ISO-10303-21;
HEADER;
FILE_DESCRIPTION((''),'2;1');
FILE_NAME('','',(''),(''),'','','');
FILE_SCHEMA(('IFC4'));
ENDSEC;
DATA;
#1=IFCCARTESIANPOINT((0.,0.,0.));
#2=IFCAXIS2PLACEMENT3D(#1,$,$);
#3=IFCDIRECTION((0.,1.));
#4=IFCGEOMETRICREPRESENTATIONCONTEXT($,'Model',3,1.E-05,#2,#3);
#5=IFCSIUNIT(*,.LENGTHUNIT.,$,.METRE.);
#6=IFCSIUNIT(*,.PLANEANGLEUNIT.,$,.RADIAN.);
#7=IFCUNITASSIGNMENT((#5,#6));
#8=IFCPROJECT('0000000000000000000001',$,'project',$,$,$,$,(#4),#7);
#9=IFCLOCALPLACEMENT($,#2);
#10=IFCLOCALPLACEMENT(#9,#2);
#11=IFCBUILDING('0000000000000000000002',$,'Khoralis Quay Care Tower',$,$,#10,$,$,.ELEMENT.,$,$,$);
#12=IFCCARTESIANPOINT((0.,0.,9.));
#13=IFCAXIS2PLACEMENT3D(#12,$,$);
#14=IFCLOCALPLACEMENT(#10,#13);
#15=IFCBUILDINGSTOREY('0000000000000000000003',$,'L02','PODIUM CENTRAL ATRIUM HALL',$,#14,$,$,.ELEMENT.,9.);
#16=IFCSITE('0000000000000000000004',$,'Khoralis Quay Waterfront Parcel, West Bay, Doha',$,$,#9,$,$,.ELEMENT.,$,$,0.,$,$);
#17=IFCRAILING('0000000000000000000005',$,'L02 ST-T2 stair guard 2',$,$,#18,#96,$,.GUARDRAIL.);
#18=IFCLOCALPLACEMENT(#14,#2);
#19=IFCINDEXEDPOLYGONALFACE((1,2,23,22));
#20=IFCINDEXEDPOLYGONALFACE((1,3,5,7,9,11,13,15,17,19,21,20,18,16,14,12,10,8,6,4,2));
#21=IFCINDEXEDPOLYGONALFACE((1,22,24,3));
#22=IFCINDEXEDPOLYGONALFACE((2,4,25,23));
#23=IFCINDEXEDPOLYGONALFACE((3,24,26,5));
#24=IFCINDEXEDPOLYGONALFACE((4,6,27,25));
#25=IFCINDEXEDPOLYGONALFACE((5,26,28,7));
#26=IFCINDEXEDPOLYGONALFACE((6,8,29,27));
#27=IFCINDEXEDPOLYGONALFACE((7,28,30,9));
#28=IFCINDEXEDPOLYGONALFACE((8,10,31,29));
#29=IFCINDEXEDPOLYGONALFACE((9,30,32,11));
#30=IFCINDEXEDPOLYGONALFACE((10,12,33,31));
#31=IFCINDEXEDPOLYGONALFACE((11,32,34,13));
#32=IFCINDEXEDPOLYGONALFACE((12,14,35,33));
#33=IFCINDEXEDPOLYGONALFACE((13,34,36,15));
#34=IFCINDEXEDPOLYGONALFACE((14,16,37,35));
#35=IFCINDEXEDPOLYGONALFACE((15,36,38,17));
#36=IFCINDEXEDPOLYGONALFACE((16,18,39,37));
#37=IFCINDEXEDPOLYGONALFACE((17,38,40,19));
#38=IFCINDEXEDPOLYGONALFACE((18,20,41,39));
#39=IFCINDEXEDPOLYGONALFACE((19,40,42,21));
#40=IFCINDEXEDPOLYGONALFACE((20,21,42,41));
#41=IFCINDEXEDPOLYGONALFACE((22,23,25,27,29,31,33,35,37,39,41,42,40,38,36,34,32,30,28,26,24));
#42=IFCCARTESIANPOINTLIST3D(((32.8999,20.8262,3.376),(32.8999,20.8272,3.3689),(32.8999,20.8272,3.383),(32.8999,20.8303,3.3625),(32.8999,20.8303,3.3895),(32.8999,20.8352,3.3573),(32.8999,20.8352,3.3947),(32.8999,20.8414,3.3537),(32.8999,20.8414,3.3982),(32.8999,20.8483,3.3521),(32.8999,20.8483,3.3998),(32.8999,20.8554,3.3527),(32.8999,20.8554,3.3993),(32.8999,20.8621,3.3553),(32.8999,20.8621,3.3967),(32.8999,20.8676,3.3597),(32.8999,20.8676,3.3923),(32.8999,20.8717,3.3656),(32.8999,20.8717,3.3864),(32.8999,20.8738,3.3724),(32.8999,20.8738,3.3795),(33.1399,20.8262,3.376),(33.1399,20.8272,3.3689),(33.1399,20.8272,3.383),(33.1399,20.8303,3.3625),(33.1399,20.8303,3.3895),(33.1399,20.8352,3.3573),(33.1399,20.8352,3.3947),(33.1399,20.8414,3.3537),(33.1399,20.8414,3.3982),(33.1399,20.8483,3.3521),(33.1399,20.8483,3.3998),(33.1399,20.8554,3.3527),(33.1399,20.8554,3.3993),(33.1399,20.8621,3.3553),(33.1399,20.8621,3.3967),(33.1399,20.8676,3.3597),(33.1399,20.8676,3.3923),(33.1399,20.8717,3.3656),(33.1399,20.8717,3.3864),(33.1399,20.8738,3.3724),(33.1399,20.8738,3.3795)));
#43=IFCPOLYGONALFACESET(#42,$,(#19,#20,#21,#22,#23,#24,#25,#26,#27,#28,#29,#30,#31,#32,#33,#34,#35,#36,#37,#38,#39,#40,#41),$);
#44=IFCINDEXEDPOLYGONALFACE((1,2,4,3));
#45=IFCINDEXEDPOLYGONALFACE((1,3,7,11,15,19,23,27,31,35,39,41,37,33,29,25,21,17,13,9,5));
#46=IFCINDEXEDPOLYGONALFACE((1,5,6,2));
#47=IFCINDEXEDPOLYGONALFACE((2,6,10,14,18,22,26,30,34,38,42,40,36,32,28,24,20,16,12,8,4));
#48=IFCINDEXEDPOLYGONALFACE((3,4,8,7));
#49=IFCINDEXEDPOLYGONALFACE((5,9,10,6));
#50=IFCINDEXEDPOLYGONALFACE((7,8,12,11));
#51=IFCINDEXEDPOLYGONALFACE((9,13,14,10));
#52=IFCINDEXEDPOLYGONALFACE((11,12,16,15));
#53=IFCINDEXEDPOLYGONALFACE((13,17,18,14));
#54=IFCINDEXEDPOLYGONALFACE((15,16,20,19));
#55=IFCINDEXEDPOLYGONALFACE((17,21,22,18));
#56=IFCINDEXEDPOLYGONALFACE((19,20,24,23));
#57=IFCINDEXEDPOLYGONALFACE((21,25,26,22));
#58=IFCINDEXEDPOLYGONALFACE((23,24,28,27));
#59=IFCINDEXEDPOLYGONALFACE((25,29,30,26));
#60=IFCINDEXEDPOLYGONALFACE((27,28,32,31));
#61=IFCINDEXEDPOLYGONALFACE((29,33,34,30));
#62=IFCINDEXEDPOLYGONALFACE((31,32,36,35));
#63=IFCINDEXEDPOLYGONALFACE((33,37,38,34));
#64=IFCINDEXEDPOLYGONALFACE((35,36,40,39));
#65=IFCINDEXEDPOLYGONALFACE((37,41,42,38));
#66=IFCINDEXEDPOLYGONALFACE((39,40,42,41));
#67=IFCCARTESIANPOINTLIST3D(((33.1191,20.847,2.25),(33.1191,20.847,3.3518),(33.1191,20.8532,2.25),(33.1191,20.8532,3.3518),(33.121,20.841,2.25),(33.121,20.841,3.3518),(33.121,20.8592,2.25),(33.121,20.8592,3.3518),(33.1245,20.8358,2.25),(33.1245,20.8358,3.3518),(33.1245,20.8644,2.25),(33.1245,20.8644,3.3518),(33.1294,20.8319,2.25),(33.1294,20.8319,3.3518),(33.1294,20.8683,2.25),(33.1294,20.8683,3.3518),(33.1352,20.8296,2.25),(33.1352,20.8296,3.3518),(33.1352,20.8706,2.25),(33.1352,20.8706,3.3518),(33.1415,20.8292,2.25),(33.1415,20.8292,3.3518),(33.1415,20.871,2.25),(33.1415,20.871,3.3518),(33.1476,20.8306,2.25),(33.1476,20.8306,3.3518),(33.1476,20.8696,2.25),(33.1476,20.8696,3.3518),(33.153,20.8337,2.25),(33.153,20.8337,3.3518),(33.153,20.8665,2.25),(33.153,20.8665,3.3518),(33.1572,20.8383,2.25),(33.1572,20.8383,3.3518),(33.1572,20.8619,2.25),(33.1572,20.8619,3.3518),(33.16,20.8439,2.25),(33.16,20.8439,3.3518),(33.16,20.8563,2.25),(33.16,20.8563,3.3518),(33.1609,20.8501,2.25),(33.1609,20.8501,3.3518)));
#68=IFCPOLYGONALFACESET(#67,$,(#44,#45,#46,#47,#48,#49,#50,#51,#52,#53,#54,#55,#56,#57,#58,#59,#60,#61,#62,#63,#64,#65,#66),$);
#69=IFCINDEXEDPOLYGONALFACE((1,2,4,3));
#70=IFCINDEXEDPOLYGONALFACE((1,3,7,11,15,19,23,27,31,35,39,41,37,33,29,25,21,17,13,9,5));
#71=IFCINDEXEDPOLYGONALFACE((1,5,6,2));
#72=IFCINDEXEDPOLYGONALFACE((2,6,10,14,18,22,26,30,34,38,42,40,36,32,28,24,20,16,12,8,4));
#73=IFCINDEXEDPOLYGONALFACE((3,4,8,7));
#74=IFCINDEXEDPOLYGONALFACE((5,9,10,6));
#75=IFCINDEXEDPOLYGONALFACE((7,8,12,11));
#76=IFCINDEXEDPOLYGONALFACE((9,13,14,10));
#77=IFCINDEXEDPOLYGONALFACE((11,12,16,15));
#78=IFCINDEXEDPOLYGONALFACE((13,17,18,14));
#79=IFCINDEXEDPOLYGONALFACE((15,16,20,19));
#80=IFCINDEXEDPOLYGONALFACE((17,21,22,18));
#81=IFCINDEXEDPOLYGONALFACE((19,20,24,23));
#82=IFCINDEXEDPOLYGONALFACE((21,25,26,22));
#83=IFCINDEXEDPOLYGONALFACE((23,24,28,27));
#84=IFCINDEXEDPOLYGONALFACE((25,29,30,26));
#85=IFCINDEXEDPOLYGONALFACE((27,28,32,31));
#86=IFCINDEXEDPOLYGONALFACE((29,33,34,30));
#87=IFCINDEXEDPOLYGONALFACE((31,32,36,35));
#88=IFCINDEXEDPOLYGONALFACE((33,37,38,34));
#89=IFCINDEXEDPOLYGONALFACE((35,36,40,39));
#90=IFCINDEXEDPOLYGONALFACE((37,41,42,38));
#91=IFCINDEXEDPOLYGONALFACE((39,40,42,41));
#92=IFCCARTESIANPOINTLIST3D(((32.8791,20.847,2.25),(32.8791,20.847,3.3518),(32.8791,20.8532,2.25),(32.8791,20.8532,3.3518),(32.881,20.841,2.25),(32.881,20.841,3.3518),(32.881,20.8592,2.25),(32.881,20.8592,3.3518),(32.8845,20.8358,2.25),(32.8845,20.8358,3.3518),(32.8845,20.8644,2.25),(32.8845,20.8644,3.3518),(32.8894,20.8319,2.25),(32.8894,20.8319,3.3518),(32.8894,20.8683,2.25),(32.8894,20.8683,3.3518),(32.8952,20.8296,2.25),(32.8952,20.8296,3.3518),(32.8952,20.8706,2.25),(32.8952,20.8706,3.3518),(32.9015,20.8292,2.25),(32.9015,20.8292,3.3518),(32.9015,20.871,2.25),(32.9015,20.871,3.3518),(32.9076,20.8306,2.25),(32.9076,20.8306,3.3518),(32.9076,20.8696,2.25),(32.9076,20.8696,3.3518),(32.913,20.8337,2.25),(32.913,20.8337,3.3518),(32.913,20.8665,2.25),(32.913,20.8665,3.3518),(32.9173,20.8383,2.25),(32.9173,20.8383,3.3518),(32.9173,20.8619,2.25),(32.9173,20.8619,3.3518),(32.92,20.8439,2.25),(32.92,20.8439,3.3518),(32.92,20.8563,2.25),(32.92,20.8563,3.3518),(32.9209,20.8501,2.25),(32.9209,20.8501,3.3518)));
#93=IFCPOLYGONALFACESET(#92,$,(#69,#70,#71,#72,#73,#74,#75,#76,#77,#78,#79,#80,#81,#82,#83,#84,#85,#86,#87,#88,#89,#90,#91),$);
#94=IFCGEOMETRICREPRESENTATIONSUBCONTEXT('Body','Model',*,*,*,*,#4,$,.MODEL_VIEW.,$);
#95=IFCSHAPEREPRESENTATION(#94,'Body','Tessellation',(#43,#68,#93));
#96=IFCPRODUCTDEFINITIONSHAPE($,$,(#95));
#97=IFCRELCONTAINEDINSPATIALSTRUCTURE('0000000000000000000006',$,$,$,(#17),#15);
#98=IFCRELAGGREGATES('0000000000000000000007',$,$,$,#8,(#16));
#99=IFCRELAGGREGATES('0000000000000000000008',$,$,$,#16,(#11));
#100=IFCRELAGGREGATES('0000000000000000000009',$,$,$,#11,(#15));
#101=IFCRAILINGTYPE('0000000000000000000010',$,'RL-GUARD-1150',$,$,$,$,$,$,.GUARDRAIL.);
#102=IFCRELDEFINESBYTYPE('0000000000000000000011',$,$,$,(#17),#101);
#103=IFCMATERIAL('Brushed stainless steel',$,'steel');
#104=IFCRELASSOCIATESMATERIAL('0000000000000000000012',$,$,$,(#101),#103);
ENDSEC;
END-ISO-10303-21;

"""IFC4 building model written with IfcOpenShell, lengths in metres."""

from ifc_helpers import new_model, si_unit, direction, frame, origin, origin_2d, place, context, subcontext, project, spatial, circle, extrude, material, type_object, element, save


model = new_model("IFC4")

# Units and contexts
model_context = context("Model", 3, precision=1e-05, world=origin(), true_north=direction((0.0, 1.0)))
body_context = subcontext(model_context, "Body", "Model", "MODEL_VIEW")
ifc_project = project(units=[si_unit("LENGTHUNIT", "METRE"), si_unit("PLANEANGLEUNIT", "RADIAN")], contexts=[model_context])

# Site, building, storey
site_placement = place(None, origin())
site = spatial("IfcSite", under=ifc_project, at=site_placement, Name="Khoralis Quay Waterfront Parcel, West Bay, Doha", CompositionType="ELEMENT", RefElevation=0.0)
building_placement = place(site_placement, origin())
building = spatial("IfcBuilding", under=site, at=building_placement, Name="Khoralis Quay Care Tower", CompositionType="ELEMENT")
storey_placement = place(building_placement, frame((0.0, 0.0, 9.0)))
storey = spatial("IfcBuildingStorey", under=building, at=storey_placement, Name="L02", Description="PODIUM CENTRAL ATRIUM HALL", CompositionType="ELEMENT", Elevation=9.0)

# Shared definitions
ifc_material_1 = material(Name="Brushed stainless steel", Category="steel")

# Railing
railing_type_1 = type_object("IfcRailingType", Name="RL-GUARD-1150", PredefinedType="GUARDRAIL", material=ifc_material_1)
railing_1_placement = place(storey_placement, frame((33.1399, 20.8501, 2.25)))
element("IfcRailing", 1, at=railing_1_placement, inside=storey, type_object=railing_type_1, Name="L02 ST-T2 stair guard 2", PredefinedType="GUARDRAIL", context=body_context, shape_type="SweptSolid", body=[
    extrude(circle(Radius=0.0239, at=origin_2d()), frame((0.0, 0.0, 1.126), z_axis=(-1.0, 0.0, 0.0), x_axis=(0.0, -1.0, 0.0)), (0.0, 0.0, 1.0), 0.24),
    extrude(circle(Radius=0.021, at=origin_2d()), origin(), (0.0, 0.0, 1.0), 1.1018),
    extrude(circle(Radius=0.021, at=origin_2d()), frame((-0.24, 0.0, 0.0)), (0.0, 0.0, 1.0), 1.1018),
])

save(model, "model.ifc")
